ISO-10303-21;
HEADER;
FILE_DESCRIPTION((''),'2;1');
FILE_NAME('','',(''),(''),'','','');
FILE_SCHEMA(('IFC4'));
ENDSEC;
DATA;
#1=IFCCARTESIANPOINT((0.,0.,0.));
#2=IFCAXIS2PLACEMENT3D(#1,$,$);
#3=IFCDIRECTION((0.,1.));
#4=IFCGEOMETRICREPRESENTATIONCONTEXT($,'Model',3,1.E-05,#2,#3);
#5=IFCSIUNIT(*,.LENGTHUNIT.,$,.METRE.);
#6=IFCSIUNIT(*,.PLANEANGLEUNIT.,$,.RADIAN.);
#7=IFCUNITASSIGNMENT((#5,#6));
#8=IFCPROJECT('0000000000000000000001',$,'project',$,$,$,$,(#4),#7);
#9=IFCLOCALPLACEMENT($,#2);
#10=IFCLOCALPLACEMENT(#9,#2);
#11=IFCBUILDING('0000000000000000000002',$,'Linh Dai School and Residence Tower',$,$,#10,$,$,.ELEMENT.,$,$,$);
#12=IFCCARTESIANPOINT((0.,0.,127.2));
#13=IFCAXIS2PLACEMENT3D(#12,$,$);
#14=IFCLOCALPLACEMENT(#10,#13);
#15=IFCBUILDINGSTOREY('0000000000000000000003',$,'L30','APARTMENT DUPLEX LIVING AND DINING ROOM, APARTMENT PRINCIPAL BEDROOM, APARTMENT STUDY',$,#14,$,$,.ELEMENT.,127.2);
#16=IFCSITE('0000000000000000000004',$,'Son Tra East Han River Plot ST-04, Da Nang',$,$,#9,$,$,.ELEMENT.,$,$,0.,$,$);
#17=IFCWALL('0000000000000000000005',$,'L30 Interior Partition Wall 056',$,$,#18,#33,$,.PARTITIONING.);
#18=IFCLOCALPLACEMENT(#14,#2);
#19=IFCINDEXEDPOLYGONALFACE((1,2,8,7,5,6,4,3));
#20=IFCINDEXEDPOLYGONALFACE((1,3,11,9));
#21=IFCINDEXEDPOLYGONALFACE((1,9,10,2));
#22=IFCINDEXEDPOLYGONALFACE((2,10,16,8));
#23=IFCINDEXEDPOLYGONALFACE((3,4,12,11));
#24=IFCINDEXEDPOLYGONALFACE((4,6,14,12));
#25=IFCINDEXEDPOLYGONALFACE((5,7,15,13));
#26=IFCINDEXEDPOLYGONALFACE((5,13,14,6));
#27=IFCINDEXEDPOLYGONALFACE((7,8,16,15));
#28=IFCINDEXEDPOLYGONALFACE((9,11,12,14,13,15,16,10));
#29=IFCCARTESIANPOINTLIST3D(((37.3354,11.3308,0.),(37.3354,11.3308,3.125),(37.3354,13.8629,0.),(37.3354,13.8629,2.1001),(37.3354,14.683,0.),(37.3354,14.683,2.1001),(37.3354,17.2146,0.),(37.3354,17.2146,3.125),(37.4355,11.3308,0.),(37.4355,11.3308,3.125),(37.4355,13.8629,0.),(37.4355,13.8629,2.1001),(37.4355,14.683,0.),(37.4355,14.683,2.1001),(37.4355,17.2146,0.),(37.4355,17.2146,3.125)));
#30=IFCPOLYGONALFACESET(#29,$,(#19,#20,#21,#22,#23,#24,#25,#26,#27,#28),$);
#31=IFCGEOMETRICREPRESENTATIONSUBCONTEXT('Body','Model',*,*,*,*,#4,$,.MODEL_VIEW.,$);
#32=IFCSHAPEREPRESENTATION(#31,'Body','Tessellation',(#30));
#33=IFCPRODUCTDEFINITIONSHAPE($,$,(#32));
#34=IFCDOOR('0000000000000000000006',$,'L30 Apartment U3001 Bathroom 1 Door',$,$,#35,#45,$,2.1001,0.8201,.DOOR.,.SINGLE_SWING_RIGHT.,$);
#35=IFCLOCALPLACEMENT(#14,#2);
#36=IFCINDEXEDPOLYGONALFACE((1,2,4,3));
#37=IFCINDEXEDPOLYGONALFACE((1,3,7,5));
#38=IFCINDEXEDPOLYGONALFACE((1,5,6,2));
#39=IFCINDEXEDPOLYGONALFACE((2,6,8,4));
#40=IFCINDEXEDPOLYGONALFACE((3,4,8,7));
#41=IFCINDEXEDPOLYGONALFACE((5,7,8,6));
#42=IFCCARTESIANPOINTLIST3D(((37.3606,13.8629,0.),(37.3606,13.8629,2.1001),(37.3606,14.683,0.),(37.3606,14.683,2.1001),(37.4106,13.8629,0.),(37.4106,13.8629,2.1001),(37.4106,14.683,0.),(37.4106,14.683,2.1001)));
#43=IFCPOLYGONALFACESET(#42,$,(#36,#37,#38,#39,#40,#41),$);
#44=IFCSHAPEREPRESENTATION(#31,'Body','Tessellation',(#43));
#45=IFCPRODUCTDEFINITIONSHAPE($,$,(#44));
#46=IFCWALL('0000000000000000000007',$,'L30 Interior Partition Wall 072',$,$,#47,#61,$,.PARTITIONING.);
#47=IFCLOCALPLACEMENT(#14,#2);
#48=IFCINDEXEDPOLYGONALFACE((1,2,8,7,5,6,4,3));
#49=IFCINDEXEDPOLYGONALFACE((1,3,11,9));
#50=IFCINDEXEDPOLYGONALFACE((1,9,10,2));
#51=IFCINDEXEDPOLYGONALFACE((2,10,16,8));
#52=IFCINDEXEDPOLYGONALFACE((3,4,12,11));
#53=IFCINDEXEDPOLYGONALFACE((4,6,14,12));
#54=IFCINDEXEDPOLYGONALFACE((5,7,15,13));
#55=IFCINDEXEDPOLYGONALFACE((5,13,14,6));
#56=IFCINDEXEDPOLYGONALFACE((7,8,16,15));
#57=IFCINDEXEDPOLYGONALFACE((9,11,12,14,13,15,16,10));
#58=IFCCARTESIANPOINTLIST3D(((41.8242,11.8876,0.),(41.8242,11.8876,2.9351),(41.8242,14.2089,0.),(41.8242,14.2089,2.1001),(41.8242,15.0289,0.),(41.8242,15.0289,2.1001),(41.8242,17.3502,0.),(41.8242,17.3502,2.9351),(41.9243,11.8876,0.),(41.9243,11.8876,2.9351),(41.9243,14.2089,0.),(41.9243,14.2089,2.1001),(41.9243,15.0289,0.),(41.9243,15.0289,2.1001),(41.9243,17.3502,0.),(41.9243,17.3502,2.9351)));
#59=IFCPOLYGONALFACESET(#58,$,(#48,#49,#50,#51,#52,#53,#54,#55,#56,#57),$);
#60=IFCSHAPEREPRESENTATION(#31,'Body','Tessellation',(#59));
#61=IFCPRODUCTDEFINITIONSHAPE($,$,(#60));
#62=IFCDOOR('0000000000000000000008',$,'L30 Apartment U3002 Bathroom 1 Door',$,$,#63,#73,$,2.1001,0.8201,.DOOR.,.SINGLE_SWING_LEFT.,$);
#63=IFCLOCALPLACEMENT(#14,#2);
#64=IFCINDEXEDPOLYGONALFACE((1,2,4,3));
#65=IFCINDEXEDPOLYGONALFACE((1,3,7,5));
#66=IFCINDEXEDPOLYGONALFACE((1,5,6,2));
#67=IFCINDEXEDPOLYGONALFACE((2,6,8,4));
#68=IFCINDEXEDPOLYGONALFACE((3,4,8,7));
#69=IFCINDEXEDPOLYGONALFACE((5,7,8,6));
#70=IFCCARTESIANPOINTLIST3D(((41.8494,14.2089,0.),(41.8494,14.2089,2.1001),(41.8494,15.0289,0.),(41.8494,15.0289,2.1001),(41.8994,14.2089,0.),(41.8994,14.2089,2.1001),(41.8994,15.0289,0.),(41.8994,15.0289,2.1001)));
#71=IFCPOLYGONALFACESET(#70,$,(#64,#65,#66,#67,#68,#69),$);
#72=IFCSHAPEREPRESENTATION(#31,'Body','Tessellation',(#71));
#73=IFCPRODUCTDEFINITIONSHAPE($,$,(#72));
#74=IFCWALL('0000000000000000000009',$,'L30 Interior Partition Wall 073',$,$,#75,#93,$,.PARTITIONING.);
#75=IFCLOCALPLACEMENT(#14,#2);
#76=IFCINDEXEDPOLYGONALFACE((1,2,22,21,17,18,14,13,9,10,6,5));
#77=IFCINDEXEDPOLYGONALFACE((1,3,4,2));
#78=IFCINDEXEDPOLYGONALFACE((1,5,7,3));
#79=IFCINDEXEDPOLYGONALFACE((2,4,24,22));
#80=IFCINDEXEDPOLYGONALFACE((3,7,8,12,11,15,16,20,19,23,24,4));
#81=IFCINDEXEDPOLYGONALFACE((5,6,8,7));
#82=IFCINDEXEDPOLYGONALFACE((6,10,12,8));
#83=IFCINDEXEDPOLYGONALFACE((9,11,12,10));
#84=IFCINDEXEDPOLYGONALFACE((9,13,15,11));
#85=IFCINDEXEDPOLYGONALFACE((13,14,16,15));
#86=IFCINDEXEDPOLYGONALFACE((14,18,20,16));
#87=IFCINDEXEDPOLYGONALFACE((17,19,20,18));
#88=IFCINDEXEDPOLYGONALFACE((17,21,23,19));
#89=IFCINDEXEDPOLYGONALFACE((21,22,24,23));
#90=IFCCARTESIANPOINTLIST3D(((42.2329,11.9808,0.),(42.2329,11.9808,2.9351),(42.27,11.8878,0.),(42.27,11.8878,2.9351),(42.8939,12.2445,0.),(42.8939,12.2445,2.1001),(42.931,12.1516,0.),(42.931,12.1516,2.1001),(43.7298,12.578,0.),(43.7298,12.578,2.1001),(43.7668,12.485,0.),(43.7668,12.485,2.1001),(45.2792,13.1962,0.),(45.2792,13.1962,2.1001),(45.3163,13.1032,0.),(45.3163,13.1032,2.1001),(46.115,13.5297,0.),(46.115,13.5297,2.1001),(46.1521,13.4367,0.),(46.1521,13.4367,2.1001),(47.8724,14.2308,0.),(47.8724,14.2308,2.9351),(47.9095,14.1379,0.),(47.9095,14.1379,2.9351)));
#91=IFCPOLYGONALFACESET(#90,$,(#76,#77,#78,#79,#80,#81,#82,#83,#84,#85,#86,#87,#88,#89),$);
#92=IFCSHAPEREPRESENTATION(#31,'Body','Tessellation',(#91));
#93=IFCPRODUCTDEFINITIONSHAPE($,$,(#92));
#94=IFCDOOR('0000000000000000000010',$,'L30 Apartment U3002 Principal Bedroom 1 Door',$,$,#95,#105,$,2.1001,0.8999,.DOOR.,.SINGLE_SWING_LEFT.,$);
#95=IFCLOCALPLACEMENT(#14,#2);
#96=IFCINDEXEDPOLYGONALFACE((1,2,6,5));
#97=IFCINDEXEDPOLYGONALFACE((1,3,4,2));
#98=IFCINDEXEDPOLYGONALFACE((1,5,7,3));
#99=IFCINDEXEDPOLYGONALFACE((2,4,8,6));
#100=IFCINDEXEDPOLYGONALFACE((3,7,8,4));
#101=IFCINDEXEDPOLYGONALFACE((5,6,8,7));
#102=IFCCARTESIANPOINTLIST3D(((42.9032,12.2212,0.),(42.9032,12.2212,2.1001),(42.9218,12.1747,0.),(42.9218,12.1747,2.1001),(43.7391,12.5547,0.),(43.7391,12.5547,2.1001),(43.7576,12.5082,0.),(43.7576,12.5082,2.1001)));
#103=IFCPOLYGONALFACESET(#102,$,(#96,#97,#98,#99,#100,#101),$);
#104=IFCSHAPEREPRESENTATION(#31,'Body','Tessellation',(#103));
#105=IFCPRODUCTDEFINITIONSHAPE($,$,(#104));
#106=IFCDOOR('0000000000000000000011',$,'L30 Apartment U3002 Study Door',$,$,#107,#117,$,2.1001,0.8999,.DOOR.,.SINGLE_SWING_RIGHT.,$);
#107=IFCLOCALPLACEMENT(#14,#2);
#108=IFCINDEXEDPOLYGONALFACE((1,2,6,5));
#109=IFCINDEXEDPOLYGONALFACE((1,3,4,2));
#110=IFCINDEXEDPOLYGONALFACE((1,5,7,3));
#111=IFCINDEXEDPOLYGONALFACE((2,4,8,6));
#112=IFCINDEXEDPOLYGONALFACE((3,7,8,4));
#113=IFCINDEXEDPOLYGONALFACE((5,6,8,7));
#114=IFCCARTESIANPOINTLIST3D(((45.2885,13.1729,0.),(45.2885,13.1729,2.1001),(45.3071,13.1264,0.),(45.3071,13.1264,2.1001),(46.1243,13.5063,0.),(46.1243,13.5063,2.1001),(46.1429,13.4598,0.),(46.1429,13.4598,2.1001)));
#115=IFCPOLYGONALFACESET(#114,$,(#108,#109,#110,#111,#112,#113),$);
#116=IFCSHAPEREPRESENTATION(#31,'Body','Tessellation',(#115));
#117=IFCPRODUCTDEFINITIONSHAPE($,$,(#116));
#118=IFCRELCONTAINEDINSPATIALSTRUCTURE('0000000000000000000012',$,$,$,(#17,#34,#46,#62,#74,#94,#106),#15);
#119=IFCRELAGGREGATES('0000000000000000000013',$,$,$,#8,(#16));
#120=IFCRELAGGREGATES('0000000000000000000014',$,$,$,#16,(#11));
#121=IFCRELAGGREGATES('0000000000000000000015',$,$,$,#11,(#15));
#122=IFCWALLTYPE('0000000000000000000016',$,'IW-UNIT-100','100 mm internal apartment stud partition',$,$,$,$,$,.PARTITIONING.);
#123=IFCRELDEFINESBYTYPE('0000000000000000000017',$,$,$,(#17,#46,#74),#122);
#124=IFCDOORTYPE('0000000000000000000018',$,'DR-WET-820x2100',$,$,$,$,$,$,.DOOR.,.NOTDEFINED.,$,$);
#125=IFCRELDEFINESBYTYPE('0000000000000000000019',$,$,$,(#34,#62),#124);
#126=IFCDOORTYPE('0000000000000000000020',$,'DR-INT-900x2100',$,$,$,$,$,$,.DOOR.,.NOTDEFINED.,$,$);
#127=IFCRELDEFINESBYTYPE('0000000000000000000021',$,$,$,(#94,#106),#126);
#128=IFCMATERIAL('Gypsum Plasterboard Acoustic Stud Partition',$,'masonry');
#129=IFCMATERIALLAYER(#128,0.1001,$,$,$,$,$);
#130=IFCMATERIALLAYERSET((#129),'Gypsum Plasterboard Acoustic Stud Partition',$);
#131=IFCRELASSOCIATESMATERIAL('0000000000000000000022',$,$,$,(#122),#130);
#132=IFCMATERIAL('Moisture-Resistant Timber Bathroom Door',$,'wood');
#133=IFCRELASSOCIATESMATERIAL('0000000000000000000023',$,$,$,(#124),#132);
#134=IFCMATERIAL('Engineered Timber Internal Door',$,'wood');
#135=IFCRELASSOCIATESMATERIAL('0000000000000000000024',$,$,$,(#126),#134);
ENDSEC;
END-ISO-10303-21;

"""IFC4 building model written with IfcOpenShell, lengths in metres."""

from ifc_helpers import new_model, si_unit, direction, frame, frame_2d, origin, origin_2d, place, context, subcontext, project, spatial, rectangle, extrude, source, transform, mapped, material, layer, layer_set, type_object, element, fill, save


model = new_model("IFC4")

# Units and contexts
model_context = context("Model", 3, precision=1e-05, world=origin(), true_north=direction((0.0, 1.0)))
body_context = subcontext(model_context, "Body", "Model", "MODEL_VIEW")
ifc_project = project(units=[si_unit("LENGTHUNIT", "METRE"), si_unit("PLANEANGLEUNIT", "RADIAN")], contexts=[model_context])

# Site, building, storey
site_placement = place(None, origin())
site = spatial("IfcSite", under=ifc_project, at=site_placement, Name="Son Tra East Han River Plot ST-04, Da Nang", CompositionType="ELEMENT", RefElevation=0.0)
building_placement = place(site_placement, origin())
building = spatial("IfcBuilding", under=site, at=building_placement, Name="Linh Dai School and Residence Tower", CompositionType="ELEMENT")
storey_placement = place(building_placement, frame((0.0, 0.0, 127.2)))
storey = spatial("IfcBuildingStorey", under=building, at=storey_placement, Name="L30", Description="APARTMENT DUPLEX LIVING AND DINING ROOM, APARTMENT PRINCIPAL BEDROOM, APARTMENT STUDY", CompositionType="ELEMENT", Elevation=127.2)

# Shared definitions
ifc_material_1 = material(Name="Gypsum Plasterboard Acoustic Stud Partition", Category="masonry")
ifc_layer_1 = layer(ifc_material_1, 0.1001)
ifc_layer_set_1 = layer_set([ifc_layer_1], Name="Gypsum Plasterboard Acoustic Stud Partition")
wall_type_1 = type_object("IfcWallType", Name="IW-UNIT-100", Description="100 mm internal apartment stud partition", PredefinedType="PARTITIONING", material=ifc_layer_set_1)

# Walls, openings, doors
wall_1_placement = place(storey_placement, frame((37.3855, 11.3308, 0.0), z_axis=(0.0, 0.0, 1.0), x_axis=(0.0, 1.0, 0.0)))
wall_1 = element("IfcWall", 1, at=wall_1_placement, inside=storey, type_object=wall_type_1, Name="L30 Interior Partition Wall 056", PredefinedType="PARTITIONING", context=body_context, shape_type="SweptSolid", body=[
    extrude(rectangle(XDim=5.8838, YDim=0.1001, at=frame_2d((2.9419, 0.0))), origin(), (0.0, 0.0, 1.0), 3.125),
])
opening_1_placement = place(wall_1_placement, frame((2.532, 0.0, 0.0)))
opening_1 = element("IfcOpeningElement", 2, at=opening_1_placement, cuts=wall_1, PredefinedType="OPENING", context=body_context, shape_type="SweptSolid", body=[
    extrude(rectangle(XDim=0.8201, YDim=2.1001, at=origin_2d()), frame((0.4102, 0.0601, 1.05), z_axis=(0.0, -1.0, 0.0), x_axis=(1.0, 0.0, 0.0)), (0.0, 0.0, 1.0), 0.1201),
])
ifc_material_2 = material(Name="Moisture-Resistant Timber Bathroom Door", Category="wood")
door_type_1 = type_object("IfcDoorType", Name="DR-WET-820x2100", OperationType="NOTDEFINED", PredefinedType="DOOR", material=ifc_material_2)
shared_shape_1 = source(origin(), body_context, "Body", "SweptSolid", [
    extrude(rectangle(XDim=0.8201, YDim=2.1001, at=origin_2d()), frame((0.4102, 0.0249, 1.05), z_axis=(0.0, -1.0, 0.0), x_axis=(1.0, 0.0, 0.0)), (0.0, 0.0, 1.0), 0.05),
])
door_1_placement = place(opening_1_placement, origin())
door_1 = element("IfcDoor", 3, at=door_1_placement, inside=storey, type_object=door_type_1, Name="L30 Apartment U3001 Bathroom 1 Door", OperationType="SINGLE_SWING_RIGHT", OverallHeight=2.1001, OverallWidth=0.8201, PredefinedType="DOOR", context=body_context, shape_type="MappedRepresentation", body=[
    mapped(shared_shape_1, transform((0.0, 0.0, 0.0), x_axis=(1.0, 0.0, 0.0), y_axis=(0.0, 1.0, 0.0), z_axis=(0.0, 0.0, 1.0), scale=1.0)),
])
fill(opening_1, door_1)
wall_2_placement = place(storey_placement, frame((41.8743, 11.8875, 0.0), z_axis=(0.0, 0.0, 1.0), x_axis=(0.0, 1.0, 0.0)))
wall_2 = element("IfcWall", 4, at=wall_2_placement, inside=storey, type_object=wall_type_1, Name="L30 Interior Partition Wall 072", PredefinedType="PARTITIONING", context=body_context, shape_type="SweptSolid", body=[
    extrude(rectangle(XDim=5.4626, YDim=0.1001, at=frame_2d((2.7314, 0.0))), origin(), (0.0, 0.0, 1.0), 2.9351),
])
opening_2_placement = place(wall_2_placement, frame((2.3213, 0.0, 0.0)))
opening_2 = element("IfcOpeningElement", 5, at=opening_2_placement, cuts=wall_2, PredefinedType="OPENING", context=body_context, shape_type="SweptSolid", body=[
    extrude(rectangle(XDim=0.8201, YDim=2.1001, at=origin_2d()), frame((0.4102, 0.0601, 1.05), z_axis=(0.0, -1.0, 0.0), x_axis=(1.0, 0.0, 0.0)), (0.0, 0.0, 1.0), 0.1201),
])
door_2_placement = place(opening_2_placement, origin())
door_2 = element("IfcDoor", 6, at=door_2_placement, inside=storey, type_object=door_type_1, Name="L30 Apartment U3002 Bathroom 1 Door", OperationType="SINGLE_SWING_LEFT", OverallHeight=2.1001, OverallWidth=0.8201, PredefinedType="DOOR", context=body_context, shape_type="MappedRepresentation", body=[
    mapped(shared_shape_1, transform((0.0, 0.0, 0.0), x_axis=(1.0, 0.0, 0.0), y_axis=(0.0, 1.0, 0.0), z_axis=(0.0, 0.0, 1.0), scale=1.0)),
])
fill(opening_2, door_2)

# Wall, openings, doors
wall_3_placement = place(storey_placement, frame((42.2515, 11.9343, 0.0), z_axis=(0.0, 0.0, 1.0), x_axis=(0.928804, 0.370572, 0.0)))
wall_3 = element("IfcWall", 7, at=wall_3_placement, inside=storey, type_object=wall_type_1, Name="L30 Interior Partition Wall 073", PredefinedType="PARTITIONING", context=body_context, shape_type="SweptSolid", body=[
    extrude(rectangle(XDim=6.0718, YDim=0.1001, at=frame_2d((3.0359, 0.0))), origin(), (0.0, 0.0, 1.0), 2.9351),
])
opening_3_placement = place(wall_3_placement, frame((0.7117, 0.0, 0.0)))
opening_3 = element("IfcOpeningElement", 8, at=opening_3_placement, cuts=wall_3, PredefinedType="OPENING", context=body_context, shape_type="SweptSolid", body=[
    extrude(rectangle(XDim=0.8999, YDim=2.1001, at=origin_2d()), frame((0.45, 0.0601, 1.05), z_axis=(0.0, -1.0, 0.0), x_axis=(1.0, 0.0, 0.0)), (0.0, 0.0, 1.0), 0.1201),
])
opening_4_placement = place(wall_3_placement, frame((3.2798, 0.0, 0.0)))
opening_4 = element("IfcOpeningElement", 9, at=opening_4_placement, cuts=wall_3, PredefinedType="OPENING", context=body_context, shape_type="SweptSolid", body=[
    extrude(rectangle(XDim=0.8999, YDim=2.1001, at=origin_2d()), frame((0.45, 0.0601, 1.05), z_axis=(0.0, -1.0, 0.0), x_axis=(1.0, 0.0, 0.0)), (0.0, 0.0, 1.0), 0.1201),
])
ifc_material_3 = material(Name="Engineered Timber Internal Door", Category="wood")
door_type_2 = type_object("IfcDoorType", Name="DR-INT-900x2100", OperationType="NOTDEFINED", PredefinedType="DOOR", material=ifc_material_3)
shared_shape_2 = source(origin(), body_context, "Body", "SweptSolid", [
    extrude(rectangle(XDim=0.8999, YDim=2.1001, at=origin_2d()), frame((0.45, 0.0249, 1.05), z_axis=(0.0, -1.0, 0.0), x_axis=(1.0, 0.0, 0.0)), (0.0, 0.0, 1.0), 0.05),
])
door_3_placement = place(opening_3_placement, origin())
door_3 = element("IfcDoor", 10, at=door_3_placement, inside=storey, type_object=door_type_2, Name="L30 Apartment U3002 Principal Bedroom 1 Door", OperationType="SINGLE_SWING_LEFT", OverallHeight=2.1001, OverallWidth=0.8999, PredefinedType="DOOR", context=body_context, shape_type="MappedRepresentation", body=[
    mapped(shared_shape_2, transform((0.0, 0.0, 0.0), x_axis=(1.0, 0.0, 0.0), y_axis=(0.0, 1.0, 0.0), z_axis=(0.0, 0.0, 1.0), scale=1.0)),
])
fill(opening_3, door_3)
door_4_placement = place(opening_4_placement, origin())
door_4 = element("IfcDoor", 11, at=door_4_placement, inside=storey, type_object=door_type_2, Name="L30 Apartment U3002 Study Door", OperationType="SINGLE_SWING_RIGHT", OverallHeight=2.1001, OverallWidth=0.8999, PredefinedType="DOOR", context=body_context, shape_type="MappedRepresentation", body=[
    mapped(shared_shape_2, transform((0.0, 0.0, 0.0), x_axis=(1.0, 0.0, 0.0), y_axis=(0.0, 1.0, 0.0), z_axis=(0.0, 0.0, 1.0), scale=1.0)),
])
fill(opening_4, door_4)

save(model, "model.ifc")
